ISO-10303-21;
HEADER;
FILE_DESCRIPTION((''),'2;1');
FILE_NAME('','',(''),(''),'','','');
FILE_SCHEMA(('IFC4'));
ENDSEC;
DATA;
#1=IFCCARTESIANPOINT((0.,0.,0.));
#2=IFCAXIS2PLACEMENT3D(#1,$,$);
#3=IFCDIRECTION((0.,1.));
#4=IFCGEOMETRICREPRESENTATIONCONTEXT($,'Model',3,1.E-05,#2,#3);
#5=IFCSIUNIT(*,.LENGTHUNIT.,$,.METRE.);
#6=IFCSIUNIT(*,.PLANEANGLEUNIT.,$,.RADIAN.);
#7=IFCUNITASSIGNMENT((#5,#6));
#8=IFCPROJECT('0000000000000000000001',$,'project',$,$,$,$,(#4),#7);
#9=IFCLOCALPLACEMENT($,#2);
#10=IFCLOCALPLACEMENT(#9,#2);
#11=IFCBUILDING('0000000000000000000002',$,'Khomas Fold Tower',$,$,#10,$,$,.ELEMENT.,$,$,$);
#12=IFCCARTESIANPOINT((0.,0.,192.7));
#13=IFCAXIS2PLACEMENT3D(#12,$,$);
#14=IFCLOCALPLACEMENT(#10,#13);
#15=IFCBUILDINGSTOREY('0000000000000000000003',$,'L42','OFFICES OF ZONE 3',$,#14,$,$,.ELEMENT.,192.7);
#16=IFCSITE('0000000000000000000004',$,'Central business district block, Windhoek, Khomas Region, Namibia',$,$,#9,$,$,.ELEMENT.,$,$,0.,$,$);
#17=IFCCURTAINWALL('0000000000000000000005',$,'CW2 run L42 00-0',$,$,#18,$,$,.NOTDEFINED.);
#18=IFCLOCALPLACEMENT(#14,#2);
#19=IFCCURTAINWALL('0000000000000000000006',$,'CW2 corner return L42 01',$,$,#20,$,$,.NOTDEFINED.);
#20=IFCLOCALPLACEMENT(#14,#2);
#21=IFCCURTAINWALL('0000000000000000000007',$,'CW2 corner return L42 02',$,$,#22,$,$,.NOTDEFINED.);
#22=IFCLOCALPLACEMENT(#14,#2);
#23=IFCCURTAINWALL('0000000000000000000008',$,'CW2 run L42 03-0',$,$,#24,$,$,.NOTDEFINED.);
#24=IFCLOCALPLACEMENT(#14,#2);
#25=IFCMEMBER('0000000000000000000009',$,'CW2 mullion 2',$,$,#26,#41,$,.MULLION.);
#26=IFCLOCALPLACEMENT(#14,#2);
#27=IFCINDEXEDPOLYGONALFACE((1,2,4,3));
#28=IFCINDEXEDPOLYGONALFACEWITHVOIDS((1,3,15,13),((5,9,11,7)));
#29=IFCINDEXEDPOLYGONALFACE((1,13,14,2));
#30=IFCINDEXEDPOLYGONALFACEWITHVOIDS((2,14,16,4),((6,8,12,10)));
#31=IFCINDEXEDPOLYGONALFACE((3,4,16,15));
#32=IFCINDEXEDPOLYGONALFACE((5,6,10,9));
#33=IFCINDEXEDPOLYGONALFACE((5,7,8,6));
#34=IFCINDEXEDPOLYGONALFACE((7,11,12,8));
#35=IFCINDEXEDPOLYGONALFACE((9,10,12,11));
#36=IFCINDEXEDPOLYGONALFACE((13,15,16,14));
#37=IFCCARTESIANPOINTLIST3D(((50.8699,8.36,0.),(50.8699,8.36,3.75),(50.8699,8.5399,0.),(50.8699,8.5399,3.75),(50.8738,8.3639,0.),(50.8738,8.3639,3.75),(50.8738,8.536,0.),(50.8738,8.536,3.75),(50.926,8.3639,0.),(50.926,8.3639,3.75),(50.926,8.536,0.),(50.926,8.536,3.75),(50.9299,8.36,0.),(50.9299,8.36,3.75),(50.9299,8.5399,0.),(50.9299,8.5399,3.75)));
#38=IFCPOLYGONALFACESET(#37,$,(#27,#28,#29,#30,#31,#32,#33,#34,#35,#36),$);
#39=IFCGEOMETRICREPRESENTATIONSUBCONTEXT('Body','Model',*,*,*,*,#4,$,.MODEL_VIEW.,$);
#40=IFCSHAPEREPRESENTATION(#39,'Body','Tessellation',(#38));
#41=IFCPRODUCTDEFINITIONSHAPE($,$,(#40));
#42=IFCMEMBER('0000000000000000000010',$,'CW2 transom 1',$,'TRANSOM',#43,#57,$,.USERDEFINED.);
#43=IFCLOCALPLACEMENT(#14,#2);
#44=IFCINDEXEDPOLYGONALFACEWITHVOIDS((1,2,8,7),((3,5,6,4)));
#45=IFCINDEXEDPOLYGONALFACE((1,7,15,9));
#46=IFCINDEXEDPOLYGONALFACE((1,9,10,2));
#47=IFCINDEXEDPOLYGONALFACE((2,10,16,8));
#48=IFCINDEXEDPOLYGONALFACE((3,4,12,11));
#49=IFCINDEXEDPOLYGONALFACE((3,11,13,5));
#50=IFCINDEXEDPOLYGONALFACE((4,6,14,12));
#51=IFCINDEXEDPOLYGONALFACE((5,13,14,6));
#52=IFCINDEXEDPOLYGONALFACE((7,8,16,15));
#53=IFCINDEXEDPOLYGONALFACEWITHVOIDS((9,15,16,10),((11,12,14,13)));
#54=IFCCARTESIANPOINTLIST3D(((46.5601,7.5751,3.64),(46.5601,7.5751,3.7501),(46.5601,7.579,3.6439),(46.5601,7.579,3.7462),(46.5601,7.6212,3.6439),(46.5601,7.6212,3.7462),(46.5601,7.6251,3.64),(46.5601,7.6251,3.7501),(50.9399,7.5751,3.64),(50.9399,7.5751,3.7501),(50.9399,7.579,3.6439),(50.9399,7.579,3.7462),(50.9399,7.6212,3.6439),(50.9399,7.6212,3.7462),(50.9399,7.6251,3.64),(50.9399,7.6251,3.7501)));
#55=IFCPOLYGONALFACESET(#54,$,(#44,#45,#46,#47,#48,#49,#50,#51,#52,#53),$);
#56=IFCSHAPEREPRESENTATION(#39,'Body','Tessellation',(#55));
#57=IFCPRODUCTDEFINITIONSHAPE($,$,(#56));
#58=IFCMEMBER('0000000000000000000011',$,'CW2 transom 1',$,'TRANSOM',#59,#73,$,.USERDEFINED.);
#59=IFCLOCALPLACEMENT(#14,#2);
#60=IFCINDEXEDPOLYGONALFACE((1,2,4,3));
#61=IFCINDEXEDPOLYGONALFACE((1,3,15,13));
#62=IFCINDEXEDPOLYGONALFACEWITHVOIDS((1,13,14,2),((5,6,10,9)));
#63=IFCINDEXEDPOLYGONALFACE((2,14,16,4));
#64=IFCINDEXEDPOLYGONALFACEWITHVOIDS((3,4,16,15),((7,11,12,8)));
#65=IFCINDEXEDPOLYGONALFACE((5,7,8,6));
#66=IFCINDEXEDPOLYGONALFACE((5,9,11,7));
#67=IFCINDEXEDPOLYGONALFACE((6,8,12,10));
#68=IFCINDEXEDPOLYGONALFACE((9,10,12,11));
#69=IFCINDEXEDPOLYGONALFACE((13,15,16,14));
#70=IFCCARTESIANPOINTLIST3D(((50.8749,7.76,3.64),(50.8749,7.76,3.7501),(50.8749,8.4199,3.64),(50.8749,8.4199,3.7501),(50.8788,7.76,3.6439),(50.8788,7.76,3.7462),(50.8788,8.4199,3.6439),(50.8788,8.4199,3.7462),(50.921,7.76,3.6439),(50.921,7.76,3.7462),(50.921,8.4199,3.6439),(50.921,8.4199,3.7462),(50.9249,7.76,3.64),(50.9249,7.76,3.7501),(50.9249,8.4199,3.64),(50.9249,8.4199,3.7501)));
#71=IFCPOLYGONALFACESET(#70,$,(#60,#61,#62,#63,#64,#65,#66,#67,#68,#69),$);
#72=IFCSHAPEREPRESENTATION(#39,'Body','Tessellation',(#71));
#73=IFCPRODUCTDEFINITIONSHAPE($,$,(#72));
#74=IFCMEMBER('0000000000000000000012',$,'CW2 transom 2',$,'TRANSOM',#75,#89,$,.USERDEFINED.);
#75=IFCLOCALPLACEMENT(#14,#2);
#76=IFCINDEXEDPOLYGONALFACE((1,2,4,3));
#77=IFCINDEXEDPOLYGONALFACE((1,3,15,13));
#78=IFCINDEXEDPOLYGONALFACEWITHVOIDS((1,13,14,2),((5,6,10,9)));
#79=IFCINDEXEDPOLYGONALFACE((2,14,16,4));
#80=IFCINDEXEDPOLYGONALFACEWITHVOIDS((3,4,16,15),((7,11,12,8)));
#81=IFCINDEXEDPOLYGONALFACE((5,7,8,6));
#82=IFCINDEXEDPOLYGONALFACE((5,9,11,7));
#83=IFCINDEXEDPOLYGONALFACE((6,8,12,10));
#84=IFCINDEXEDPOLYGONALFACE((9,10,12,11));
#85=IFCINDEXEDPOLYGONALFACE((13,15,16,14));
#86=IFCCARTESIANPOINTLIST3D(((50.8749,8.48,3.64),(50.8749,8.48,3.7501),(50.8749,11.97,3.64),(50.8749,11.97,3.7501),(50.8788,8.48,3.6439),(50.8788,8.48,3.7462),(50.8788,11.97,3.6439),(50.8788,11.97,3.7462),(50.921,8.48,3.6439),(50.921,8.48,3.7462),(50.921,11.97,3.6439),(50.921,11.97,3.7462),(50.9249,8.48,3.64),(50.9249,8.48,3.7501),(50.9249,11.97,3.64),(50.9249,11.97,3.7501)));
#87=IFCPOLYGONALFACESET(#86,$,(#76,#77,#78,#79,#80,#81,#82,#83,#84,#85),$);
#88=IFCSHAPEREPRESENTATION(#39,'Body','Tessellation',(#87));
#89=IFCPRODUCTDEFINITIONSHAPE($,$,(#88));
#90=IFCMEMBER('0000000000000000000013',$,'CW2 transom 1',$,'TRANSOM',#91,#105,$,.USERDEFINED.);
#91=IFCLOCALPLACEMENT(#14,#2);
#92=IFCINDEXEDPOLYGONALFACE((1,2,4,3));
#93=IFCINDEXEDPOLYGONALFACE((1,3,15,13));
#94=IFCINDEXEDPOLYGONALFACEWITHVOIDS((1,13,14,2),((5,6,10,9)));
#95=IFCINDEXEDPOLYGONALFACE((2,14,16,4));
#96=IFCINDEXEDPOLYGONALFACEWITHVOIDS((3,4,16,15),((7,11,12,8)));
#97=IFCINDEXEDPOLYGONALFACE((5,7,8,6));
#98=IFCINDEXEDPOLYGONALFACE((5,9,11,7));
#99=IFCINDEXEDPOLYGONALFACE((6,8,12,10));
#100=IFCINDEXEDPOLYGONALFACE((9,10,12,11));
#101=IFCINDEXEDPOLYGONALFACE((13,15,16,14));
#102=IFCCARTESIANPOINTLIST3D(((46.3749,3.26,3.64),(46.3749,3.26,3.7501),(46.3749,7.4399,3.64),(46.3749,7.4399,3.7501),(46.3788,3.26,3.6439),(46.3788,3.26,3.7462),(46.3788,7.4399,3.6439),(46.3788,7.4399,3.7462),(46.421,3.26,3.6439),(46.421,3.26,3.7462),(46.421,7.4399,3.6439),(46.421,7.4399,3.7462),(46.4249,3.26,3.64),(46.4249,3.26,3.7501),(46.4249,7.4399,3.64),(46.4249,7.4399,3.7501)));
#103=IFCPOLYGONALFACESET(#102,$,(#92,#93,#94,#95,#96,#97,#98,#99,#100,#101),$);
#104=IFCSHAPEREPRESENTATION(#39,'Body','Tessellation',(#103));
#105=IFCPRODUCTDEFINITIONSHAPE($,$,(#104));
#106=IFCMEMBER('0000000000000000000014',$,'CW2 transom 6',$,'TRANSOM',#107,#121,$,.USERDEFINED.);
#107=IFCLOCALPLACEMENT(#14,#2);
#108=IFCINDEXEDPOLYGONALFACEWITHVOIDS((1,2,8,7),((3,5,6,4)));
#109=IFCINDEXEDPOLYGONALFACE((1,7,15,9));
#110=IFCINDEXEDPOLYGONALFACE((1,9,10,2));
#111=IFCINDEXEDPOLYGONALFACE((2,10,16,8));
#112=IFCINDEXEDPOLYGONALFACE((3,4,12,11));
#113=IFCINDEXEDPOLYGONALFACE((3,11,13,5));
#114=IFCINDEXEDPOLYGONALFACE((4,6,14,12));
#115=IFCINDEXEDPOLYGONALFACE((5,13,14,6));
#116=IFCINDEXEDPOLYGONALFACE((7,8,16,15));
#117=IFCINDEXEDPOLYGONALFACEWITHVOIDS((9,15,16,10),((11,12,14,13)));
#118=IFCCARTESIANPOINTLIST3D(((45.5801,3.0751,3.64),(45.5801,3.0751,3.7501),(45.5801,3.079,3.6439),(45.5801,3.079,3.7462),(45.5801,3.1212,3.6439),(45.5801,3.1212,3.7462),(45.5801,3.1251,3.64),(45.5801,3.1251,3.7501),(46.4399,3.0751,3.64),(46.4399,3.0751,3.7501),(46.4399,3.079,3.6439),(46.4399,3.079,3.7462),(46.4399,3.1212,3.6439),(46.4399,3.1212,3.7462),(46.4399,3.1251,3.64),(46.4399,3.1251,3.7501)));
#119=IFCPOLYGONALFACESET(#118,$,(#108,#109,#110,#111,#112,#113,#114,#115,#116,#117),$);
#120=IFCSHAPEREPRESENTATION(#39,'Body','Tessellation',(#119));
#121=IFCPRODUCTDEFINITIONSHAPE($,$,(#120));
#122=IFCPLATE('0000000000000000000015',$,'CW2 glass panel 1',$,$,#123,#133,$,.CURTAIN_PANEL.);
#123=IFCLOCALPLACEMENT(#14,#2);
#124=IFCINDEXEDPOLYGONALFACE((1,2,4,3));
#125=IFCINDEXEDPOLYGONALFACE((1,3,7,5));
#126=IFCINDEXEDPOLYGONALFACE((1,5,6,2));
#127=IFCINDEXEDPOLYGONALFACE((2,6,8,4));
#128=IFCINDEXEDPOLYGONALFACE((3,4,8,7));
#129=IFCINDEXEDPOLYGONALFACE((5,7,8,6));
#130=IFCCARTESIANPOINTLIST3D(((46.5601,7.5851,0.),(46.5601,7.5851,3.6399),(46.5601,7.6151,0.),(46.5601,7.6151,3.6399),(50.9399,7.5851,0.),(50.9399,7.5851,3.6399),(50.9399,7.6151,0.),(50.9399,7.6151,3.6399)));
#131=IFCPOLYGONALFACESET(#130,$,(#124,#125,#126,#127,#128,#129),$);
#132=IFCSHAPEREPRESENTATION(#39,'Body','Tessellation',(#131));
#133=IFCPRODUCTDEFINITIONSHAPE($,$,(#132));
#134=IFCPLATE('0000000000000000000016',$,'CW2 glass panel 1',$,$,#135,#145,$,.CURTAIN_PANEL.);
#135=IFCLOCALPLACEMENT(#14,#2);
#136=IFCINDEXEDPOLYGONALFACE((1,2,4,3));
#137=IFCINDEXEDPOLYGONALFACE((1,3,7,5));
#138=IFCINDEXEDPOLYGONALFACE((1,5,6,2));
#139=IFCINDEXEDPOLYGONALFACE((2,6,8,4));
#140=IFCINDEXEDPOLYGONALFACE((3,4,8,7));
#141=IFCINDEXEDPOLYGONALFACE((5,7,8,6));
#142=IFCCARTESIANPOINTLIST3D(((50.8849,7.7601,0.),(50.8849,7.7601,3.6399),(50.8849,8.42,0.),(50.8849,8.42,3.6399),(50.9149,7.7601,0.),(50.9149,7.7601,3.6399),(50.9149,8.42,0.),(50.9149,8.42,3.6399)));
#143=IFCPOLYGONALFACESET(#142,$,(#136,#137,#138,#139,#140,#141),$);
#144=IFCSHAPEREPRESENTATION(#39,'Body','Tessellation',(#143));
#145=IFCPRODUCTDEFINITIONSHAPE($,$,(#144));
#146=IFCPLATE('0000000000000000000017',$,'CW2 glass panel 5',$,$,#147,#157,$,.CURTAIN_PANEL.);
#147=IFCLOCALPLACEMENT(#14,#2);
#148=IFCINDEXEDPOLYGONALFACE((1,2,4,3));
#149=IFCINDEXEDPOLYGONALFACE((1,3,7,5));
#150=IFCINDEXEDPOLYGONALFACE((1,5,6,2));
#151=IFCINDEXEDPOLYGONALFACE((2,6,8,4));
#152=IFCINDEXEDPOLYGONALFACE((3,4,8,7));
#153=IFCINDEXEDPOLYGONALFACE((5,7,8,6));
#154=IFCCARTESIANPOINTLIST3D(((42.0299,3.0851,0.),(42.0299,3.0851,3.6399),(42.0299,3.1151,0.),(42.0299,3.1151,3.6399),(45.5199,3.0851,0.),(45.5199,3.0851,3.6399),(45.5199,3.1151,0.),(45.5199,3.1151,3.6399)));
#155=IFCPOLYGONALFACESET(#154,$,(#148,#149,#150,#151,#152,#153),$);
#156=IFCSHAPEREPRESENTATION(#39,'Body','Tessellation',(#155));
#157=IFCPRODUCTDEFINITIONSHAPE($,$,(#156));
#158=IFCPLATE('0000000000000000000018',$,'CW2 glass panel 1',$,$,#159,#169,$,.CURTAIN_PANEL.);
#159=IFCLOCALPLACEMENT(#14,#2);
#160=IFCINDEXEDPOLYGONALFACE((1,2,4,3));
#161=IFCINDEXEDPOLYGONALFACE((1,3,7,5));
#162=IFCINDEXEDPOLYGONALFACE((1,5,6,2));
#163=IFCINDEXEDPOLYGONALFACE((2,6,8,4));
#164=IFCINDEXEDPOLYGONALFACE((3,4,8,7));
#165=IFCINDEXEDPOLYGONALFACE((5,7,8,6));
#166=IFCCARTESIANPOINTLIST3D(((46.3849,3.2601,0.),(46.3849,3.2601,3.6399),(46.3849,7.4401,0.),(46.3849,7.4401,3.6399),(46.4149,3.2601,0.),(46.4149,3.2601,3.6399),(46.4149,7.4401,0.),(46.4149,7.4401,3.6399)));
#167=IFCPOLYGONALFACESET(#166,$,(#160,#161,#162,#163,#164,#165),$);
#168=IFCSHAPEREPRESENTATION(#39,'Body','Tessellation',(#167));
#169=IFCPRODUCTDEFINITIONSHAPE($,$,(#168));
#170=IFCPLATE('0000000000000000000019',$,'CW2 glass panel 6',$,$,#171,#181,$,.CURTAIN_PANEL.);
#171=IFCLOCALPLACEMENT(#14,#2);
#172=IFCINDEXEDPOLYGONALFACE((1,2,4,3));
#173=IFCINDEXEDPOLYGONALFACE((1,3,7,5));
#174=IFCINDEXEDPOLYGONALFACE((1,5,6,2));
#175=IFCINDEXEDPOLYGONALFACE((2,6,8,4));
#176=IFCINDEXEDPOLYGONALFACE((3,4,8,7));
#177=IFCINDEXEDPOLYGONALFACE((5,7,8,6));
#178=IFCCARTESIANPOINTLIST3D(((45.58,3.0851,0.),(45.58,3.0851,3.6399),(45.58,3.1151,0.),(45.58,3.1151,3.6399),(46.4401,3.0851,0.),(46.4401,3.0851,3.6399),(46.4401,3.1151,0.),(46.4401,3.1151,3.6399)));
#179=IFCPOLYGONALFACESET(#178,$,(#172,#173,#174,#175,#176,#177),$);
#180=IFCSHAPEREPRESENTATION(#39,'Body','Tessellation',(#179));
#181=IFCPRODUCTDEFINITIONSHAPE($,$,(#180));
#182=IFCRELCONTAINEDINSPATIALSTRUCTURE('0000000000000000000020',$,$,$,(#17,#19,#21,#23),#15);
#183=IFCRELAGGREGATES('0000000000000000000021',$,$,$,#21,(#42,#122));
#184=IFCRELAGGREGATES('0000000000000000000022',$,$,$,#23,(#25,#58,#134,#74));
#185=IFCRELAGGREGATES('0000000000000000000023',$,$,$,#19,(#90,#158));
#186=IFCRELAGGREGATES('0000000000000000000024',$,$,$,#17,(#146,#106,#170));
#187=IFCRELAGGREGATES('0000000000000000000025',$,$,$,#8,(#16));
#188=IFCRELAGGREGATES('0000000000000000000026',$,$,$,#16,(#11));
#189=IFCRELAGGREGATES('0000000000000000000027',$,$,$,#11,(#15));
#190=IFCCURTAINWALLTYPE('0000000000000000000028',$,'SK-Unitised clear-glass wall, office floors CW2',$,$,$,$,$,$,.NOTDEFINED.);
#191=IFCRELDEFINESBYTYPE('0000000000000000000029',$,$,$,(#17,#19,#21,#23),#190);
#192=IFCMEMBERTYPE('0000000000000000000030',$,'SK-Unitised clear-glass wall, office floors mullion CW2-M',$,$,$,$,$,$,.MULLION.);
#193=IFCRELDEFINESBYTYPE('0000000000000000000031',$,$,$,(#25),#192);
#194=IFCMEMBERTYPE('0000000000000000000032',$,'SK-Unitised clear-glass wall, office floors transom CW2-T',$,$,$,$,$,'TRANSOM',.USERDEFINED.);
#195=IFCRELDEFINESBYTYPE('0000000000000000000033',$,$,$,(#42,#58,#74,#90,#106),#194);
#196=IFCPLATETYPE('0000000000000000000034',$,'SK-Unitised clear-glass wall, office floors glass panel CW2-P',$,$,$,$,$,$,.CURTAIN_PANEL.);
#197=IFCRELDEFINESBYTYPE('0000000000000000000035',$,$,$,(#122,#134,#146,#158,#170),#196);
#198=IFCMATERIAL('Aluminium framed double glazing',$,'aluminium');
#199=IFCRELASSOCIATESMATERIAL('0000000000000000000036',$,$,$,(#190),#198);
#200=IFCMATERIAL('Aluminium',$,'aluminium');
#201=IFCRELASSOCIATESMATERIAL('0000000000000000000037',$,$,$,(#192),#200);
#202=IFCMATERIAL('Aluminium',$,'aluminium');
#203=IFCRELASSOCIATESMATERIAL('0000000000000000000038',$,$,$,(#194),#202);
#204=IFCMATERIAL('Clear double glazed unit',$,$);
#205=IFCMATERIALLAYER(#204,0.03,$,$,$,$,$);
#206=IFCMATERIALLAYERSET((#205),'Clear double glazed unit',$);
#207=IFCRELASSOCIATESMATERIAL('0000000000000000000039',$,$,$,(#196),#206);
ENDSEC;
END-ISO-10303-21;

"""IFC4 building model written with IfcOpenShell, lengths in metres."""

from ifc_helpers import new_model, si_unit, direction, frame, origin, origin_2d, place, context, subcontext, project, spatial, rectangle, hollow_rectangle, extrude, source, transform, mapped, material, layer, layer_set, material_profile, profile_set, type_object, element, aggregate, save


model = new_model("IFC4")

# Units and contexts
model_context = context("Model", 3, precision=1e-05, world=origin(), true_north=direction((0.0, 1.0)))
body_context = subcontext(model_context, "Body", "Model", "MODEL_VIEW")
ifc_project = project(units=[si_unit("LENGTHUNIT", "METRE"), si_unit("PLANEANGLEUNIT", "RADIAN")], contexts=[model_context])

# Site, building, storey
site_placement = place(None, origin())
site = spatial("IfcSite", under=ifc_project, at=site_placement, Name="Central business district block, Windhoek, Khomas Region, Namibia", CompositionType="ELEMENT", RefElevation=0.0)
building_placement = place(site_placement, origin())
building = spatial("IfcBuilding", under=site, at=building_placement, Name="Khomas Fold Tower", CompositionType="ELEMENT")
storey_placement = place(building_placement, frame((0.0, 0.0, 192.7)))
storey = spatial("IfcBuildingStorey", under=building, at=storey_placement, Name="L42", Description="OFFICES OF ZONE 3", CompositionType="ELEMENT", Elevation=192.7)

# Curtain walls
ifc_material_1 = material(Name="Aluminium framed double glazing", Category="aluminium")
curtain_wall_type = type_object("IfcCurtainWallType", Name="SK-Unitised clear-glass wall, office floors CW2", PredefinedType="NOTDEFINED", material=ifc_material_1)
curtain_wall_1_placement = place(storey_placement, origin())
curtain_wall_1 = element("IfcCurtainWall", 1, at=curtain_wall_1_placement, inside=storey, type_object=curtain_wall_type, Name="CW2 run L42 00-0", PredefinedType="NOTDEFINED")
ifc_material_2 = material(Name="Aluminium", Category="aluminium")
ifc_material_profile_1 = material_profile(ifc_material_2, hollow_rectangle(XDim=0.0601, YDim=0.1799, WallThickness=0.0039, at=origin_2d()), Name="SK-Unitised clear-glass wall, office floors mullion CW2-M")
ifc_profile_set_1 = profile_set([ifc_material_profile_1], Name="Aluminium")
member_type_1 = type_object("IfcMemberType", Name="SK-Unitised clear-glass wall, office floors mullion CW2-M", PredefinedType="MULLION", material=ifc_profile_set_1)
shared_shape_1 = source(origin(), body_context, "Body", "SweptSolid", [
    extrude(hollow_rectangle(XDim=0.0601, YDim=0.1799, WallThickness=0.0039, at=origin_2d()), origin(), (0.0, 0.0, 1.0), 3.75),
])
curtain_wall_2_placement = place(storey_placement, origin())
curtain_wall_2 = element("IfcCurtainWall", 2, at=curtain_wall_2_placement, inside=storey, type_object=curtain_wall_type, Name="CW2 corner return L42 01", PredefinedType="NOTDEFINED")
curtain_wall_3_placement = place(storey_placement, origin())
curtain_wall_3 = element("IfcCurtainWall", 3, at=curtain_wall_3_placement, inside=storey, type_object=curtain_wall_type, Name="CW2 corner return L42 02", PredefinedType="NOTDEFINED")

# Curtain wall, member
curtain_wall_4_placement = place(storey_placement, origin())
curtain_wall_4 = element("IfcCurtainWall", 4, at=curtain_wall_4_placement, inside=storey, type_object=curtain_wall_type, Name="CW2 run L42 03-0", PredefinedType="NOTDEFINED")
member_1_placement = place(storey_placement, frame((50.8999, 8.45, 0.0), z_axis=(0.0, 0.0, 1.0), x_axis=(-1.0, 0.0, 0.0)))
member_1 = element("IfcMember", 5, at=member_1_placement, type_object=member_type_1, Name="CW2 mullion 2", PredefinedType="MULLION", context=body_context, shape_type="MappedRepresentation", body=[
    mapped(shared_shape_1, transform((0.0, 0.0, 0.0))),
])

# Members
ifc_material_3 = material(Name="Aluminium", Category="aluminium")
ifc_material_profile_2 = material_profile(ifc_material_3, hollow_rectangle(XDim=0.05, YDim=0.1101, WallThickness=0.0039, at=origin_2d()), Name="SK-Unitised clear-glass wall, office floors transom CW2-T")
ifc_profile_set_2 = profile_set([ifc_material_profile_2], Name="Aluminium")
member_type_2 = type_object("IfcMemberType", Name="SK-Unitised clear-glass wall, office floors transom CW2-T", ElementType="TRANSOM", PredefinedType="USERDEFINED", material=ifc_profile_set_2)
shared_shape_2 = source(origin(), body_context, "Body", "SweptSolid", [
    extrude(hollow_rectangle(XDim=0.05, YDim=0.1101, WallThickness=0.0039, at=origin_2d()), origin(), (0.0, 0.0, 1.0), 4.3799),
])
member_2_placement = place(storey_placement, frame((46.5601, 7.6001, 3.6951), z_axis=(1.0, 0.0, 0.0), x_axis=(0.0, 1.0, 0.0)))
member_2 = element("IfcMember", 6, at=member_2_placement, type_object=member_type_2, Name="CW2 transom 1", ObjectType="TRANSOM", PredefinedType="USERDEFINED", context=body_context, shape_type="MappedRepresentation", body=[
    mapped(shared_shape_2, transform((0.0, 0.0, 0.0))),
])
shared_shape_3 = source(origin(), body_context, "Body", "SweptSolid", [
    extrude(hollow_rectangle(XDim=0.05, YDim=0.1101, WallThickness=0.0039, at=origin_2d()), origin(), (0.0, 0.0, 1.0), 0.6599),
])
member_3_placement = place(storey_placement, frame((50.8999, 7.76, 3.6951), z_axis=(0.0, 1.0, 0.0), x_axis=(-1.0, 0.0, 0.0)))
member_3 = element("IfcMember", 7, at=member_3_placement, type_object=member_type_2, Name="CW2 transom 1", ObjectType="TRANSOM", PredefinedType="USERDEFINED", context=body_context, shape_type="MappedRepresentation", body=[
    mapped(shared_shape_3, transform((0.0, 0.0, 0.0))),
])
shared_shape_4 = source(origin(), body_context, "Body", "SweptSolid", [
    extrude(hollow_rectangle(XDim=0.05, YDim=0.1101, WallThickness=0.0039, at=origin_2d()), origin(), (0.0, 0.0, 1.0), 3.49),
])
member_4_placement = place(storey_placement, frame((50.8999, 8.48, 3.6951), z_axis=(0.0, 1.0, 0.0), x_axis=(-1.0, 0.0, 0.0)))
member_4 = element("IfcMember", 8, at=member_4_placement, type_object=member_type_2, Name="CW2 transom 2", ObjectType="TRANSOM", PredefinedType="USERDEFINED", context=body_context, shape_type="MappedRepresentation", body=[
    mapped(shared_shape_4, transform((0.0, 0.0, 0.0))),
])
shared_shape_5 = source(origin(), body_context, "Body", "SweptSolid", [
    extrude(hollow_rectangle(XDim=0.05, YDim=0.1101, WallThickness=0.0039, at=origin_2d()), origin(), (0.0, 0.0, 1.0), 4.1799),
])
member_5_placement = place(storey_placement, frame((46.3999, 3.26, 3.6951), z_axis=(0.0, 1.0, 0.0), x_axis=(-1.0, 0.0, 0.0)))
member_5 = element("IfcMember", 9, at=member_5_placement, type_object=member_type_2, Name="CW2 transom 1", ObjectType="TRANSOM", PredefinedType="USERDEFINED", context=body_context, shape_type="MappedRepresentation", body=[
    mapped(shared_shape_5, transform((0.0, 0.0, 0.0))),
])
shared_shape_6 = source(origin(), body_context, "Body", "SweptSolid", [
    extrude(hollow_rectangle(XDim=0.05, YDim=0.1101, WallThickness=0.0039, at=origin_2d()), origin(), (0.0, 0.0, 1.0), 0.8599),
])
member_6_placement = place(storey_placement, frame((45.5801, 3.1001, 3.6951), z_axis=(1.0, 0.0, 0.0), x_axis=(0.0, 1.0, 0.0)))
member_6 = element("IfcMember", 10, at=member_6_placement, type_object=member_type_2, Name="CW2 transom 6", ObjectType="TRANSOM", PredefinedType="USERDEFINED", context=body_context, shape_type="MappedRepresentation", body=[
    mapped(shared_shape_6, transform((0.0, 0.0, 0.0))),
])

# Plates
ifc_material_4 = material(Name="Clear double glazed unit")
ifc_layer = layer(ifc_material_4, 0.03)
ifc_layer_set = layer_set([ifc_layer], Name="Clear double glazed unit")
plate_type = type_object("IfcPlateType", Name="SK-Unitised clear-glass wall, office floors glass panel CW2-P", PredefinedType="CURTAIN_PANEL", material=ifc_layer_set)
shared_shape_7 = source(origin(), body_context, "Body", "SweptSolid", [
    extrude(rectangle(XDim=4.3799, YDim=0.03, at=origin_2d()), origin(), (0.0, 0.0, 1.0), 3.6399),
])
plate_1_placement = place(storey_placement, frame((48.75, 7.6001, 0.0), z_axis=(0.0, 0.0, 1.0), x_axis=(1.0, 0.0, 0.0)))
plate_1 = element("IfcPlate", 11, at=plate_1_placement, type_object=plate_type, Name="CW2 glass panel 1", PredefinedType="CURTAIN_PANEL", context=body_context, shape_type="MappedRepresentation", body=[
    mapped(shared_shape_7, transform((0.0, 0.0, 0.0))),
])
aggregate(curtain_wall_3, [member_2, plate_1])
shared_shape_8 = source(origin(), body_context, "Body", "SweptSolid", [
    extrude(rectangle(XDim=0.6599, YDim=0.03, at=origin_2d()), origin(), (0.0, 0.0, 1.0), 3.6399),
])
plate_2_placement = place(storey_placement, frame((50.8999, 8.0901, 0.0), z_axis=(0.0, 0.0, 1.0), x_axis=(0.0, 1.0, 0.0)))
plate_2 = element("IfcPlate", 12, at=plate_2_placement, type_object=plate_type, Name="CW2 glass panel 1", PredefinedType="CURTAIN_PANEL", context=body_context, shape_type="MappedRepresentation", body=[
    mapped(shared_shape_8, transform((0.0, 0.0, 0.0))),
])
aggregate(curtain_wall_4, [member_1, member_3, plate_2, member_4])
shared_shape_9 = source(origin(), body_context, "Body", "SweptSolid", [
    extrude(rectangle(XDim=3.49, YDim=0.03, at=origin_2d()), origin(), (0.0, 0.0, 1.0), 3.6399),
])
plate_3_placement = place(storey_placement, frame((43.7749, 3.1001, 0.0), z_axis=(0.0, 0.0, 1.0), x_axis=(1.0, 0.0, 0.0)))
plate_3 = element("IfcPlate", 13, at=plate_3_placement, type_object=plate_type, Name="CW2 glass panel 5", PredefinedType="CURTAIN_PANEL", context=body_context, shape_type="MappedRepresentation", body=[
    mapped(shared_shape_9, transform((0.0, 0.0, 0.0))),
])
shared_shape_10 = source(origin(), body_context, "Body", "SweptSolid", [
    extrude(rectangle(XDim=4.1799, YDim=0.03, at=origin_2d()), origin(), (0.0, 0.0, 1.0), 3.6399),
])
plate_4_placement = place(storey_placement, frame((46.3999, 5.3501, 0.0), z_axis=(0.0, 0.0, 1.0), x_axis=(0.0, 1.0, 0.0)))
plate_4 = element("IfcPlate", 14, at=plate_4_placement, type_object=plate_type, Name="CW2 glass panel 1", PredefinedType="CURTAIN_PANEL", context=body_context, shape_type="MappedRepresentation", body=[
    mapped(shared_shape_10, transform((0.0, 0.0, 0.0))),
])
aggregate(curtain_wall_2, [member_5, plate_4])
shared_shape_11 = source(origin(), body_context, "Body", "SweptSolid", [
    extrude(rectangle(XDim=0.8601, YDim=0.03, at=origin_2d()), origin(), (0.0, 0.0, 1.0), 3.6399),
])
plate_5_placement = place(storey_placement, frame((46.01, 3.1001, 0.0), z_axis=(0.0, 0.0, 1.0), x_axis=(1.0, 0.0, 0.0)))
plate_5 = element("IfcPlate", 15, at=plate_5_placement, type_object=plate_type, Name="CW2 glass panel 6", PredefinedType="CURTAIN_PANEL", context=body_context, shape_type="MappedRepresentation", body=[
    mapped(shared_shape_11, transform((0.0, 0.0, 0.0))),
])
aggregate(curtain_wall_1, [plate_3, member_6, plate_5])

save(model, "model.ifc")
